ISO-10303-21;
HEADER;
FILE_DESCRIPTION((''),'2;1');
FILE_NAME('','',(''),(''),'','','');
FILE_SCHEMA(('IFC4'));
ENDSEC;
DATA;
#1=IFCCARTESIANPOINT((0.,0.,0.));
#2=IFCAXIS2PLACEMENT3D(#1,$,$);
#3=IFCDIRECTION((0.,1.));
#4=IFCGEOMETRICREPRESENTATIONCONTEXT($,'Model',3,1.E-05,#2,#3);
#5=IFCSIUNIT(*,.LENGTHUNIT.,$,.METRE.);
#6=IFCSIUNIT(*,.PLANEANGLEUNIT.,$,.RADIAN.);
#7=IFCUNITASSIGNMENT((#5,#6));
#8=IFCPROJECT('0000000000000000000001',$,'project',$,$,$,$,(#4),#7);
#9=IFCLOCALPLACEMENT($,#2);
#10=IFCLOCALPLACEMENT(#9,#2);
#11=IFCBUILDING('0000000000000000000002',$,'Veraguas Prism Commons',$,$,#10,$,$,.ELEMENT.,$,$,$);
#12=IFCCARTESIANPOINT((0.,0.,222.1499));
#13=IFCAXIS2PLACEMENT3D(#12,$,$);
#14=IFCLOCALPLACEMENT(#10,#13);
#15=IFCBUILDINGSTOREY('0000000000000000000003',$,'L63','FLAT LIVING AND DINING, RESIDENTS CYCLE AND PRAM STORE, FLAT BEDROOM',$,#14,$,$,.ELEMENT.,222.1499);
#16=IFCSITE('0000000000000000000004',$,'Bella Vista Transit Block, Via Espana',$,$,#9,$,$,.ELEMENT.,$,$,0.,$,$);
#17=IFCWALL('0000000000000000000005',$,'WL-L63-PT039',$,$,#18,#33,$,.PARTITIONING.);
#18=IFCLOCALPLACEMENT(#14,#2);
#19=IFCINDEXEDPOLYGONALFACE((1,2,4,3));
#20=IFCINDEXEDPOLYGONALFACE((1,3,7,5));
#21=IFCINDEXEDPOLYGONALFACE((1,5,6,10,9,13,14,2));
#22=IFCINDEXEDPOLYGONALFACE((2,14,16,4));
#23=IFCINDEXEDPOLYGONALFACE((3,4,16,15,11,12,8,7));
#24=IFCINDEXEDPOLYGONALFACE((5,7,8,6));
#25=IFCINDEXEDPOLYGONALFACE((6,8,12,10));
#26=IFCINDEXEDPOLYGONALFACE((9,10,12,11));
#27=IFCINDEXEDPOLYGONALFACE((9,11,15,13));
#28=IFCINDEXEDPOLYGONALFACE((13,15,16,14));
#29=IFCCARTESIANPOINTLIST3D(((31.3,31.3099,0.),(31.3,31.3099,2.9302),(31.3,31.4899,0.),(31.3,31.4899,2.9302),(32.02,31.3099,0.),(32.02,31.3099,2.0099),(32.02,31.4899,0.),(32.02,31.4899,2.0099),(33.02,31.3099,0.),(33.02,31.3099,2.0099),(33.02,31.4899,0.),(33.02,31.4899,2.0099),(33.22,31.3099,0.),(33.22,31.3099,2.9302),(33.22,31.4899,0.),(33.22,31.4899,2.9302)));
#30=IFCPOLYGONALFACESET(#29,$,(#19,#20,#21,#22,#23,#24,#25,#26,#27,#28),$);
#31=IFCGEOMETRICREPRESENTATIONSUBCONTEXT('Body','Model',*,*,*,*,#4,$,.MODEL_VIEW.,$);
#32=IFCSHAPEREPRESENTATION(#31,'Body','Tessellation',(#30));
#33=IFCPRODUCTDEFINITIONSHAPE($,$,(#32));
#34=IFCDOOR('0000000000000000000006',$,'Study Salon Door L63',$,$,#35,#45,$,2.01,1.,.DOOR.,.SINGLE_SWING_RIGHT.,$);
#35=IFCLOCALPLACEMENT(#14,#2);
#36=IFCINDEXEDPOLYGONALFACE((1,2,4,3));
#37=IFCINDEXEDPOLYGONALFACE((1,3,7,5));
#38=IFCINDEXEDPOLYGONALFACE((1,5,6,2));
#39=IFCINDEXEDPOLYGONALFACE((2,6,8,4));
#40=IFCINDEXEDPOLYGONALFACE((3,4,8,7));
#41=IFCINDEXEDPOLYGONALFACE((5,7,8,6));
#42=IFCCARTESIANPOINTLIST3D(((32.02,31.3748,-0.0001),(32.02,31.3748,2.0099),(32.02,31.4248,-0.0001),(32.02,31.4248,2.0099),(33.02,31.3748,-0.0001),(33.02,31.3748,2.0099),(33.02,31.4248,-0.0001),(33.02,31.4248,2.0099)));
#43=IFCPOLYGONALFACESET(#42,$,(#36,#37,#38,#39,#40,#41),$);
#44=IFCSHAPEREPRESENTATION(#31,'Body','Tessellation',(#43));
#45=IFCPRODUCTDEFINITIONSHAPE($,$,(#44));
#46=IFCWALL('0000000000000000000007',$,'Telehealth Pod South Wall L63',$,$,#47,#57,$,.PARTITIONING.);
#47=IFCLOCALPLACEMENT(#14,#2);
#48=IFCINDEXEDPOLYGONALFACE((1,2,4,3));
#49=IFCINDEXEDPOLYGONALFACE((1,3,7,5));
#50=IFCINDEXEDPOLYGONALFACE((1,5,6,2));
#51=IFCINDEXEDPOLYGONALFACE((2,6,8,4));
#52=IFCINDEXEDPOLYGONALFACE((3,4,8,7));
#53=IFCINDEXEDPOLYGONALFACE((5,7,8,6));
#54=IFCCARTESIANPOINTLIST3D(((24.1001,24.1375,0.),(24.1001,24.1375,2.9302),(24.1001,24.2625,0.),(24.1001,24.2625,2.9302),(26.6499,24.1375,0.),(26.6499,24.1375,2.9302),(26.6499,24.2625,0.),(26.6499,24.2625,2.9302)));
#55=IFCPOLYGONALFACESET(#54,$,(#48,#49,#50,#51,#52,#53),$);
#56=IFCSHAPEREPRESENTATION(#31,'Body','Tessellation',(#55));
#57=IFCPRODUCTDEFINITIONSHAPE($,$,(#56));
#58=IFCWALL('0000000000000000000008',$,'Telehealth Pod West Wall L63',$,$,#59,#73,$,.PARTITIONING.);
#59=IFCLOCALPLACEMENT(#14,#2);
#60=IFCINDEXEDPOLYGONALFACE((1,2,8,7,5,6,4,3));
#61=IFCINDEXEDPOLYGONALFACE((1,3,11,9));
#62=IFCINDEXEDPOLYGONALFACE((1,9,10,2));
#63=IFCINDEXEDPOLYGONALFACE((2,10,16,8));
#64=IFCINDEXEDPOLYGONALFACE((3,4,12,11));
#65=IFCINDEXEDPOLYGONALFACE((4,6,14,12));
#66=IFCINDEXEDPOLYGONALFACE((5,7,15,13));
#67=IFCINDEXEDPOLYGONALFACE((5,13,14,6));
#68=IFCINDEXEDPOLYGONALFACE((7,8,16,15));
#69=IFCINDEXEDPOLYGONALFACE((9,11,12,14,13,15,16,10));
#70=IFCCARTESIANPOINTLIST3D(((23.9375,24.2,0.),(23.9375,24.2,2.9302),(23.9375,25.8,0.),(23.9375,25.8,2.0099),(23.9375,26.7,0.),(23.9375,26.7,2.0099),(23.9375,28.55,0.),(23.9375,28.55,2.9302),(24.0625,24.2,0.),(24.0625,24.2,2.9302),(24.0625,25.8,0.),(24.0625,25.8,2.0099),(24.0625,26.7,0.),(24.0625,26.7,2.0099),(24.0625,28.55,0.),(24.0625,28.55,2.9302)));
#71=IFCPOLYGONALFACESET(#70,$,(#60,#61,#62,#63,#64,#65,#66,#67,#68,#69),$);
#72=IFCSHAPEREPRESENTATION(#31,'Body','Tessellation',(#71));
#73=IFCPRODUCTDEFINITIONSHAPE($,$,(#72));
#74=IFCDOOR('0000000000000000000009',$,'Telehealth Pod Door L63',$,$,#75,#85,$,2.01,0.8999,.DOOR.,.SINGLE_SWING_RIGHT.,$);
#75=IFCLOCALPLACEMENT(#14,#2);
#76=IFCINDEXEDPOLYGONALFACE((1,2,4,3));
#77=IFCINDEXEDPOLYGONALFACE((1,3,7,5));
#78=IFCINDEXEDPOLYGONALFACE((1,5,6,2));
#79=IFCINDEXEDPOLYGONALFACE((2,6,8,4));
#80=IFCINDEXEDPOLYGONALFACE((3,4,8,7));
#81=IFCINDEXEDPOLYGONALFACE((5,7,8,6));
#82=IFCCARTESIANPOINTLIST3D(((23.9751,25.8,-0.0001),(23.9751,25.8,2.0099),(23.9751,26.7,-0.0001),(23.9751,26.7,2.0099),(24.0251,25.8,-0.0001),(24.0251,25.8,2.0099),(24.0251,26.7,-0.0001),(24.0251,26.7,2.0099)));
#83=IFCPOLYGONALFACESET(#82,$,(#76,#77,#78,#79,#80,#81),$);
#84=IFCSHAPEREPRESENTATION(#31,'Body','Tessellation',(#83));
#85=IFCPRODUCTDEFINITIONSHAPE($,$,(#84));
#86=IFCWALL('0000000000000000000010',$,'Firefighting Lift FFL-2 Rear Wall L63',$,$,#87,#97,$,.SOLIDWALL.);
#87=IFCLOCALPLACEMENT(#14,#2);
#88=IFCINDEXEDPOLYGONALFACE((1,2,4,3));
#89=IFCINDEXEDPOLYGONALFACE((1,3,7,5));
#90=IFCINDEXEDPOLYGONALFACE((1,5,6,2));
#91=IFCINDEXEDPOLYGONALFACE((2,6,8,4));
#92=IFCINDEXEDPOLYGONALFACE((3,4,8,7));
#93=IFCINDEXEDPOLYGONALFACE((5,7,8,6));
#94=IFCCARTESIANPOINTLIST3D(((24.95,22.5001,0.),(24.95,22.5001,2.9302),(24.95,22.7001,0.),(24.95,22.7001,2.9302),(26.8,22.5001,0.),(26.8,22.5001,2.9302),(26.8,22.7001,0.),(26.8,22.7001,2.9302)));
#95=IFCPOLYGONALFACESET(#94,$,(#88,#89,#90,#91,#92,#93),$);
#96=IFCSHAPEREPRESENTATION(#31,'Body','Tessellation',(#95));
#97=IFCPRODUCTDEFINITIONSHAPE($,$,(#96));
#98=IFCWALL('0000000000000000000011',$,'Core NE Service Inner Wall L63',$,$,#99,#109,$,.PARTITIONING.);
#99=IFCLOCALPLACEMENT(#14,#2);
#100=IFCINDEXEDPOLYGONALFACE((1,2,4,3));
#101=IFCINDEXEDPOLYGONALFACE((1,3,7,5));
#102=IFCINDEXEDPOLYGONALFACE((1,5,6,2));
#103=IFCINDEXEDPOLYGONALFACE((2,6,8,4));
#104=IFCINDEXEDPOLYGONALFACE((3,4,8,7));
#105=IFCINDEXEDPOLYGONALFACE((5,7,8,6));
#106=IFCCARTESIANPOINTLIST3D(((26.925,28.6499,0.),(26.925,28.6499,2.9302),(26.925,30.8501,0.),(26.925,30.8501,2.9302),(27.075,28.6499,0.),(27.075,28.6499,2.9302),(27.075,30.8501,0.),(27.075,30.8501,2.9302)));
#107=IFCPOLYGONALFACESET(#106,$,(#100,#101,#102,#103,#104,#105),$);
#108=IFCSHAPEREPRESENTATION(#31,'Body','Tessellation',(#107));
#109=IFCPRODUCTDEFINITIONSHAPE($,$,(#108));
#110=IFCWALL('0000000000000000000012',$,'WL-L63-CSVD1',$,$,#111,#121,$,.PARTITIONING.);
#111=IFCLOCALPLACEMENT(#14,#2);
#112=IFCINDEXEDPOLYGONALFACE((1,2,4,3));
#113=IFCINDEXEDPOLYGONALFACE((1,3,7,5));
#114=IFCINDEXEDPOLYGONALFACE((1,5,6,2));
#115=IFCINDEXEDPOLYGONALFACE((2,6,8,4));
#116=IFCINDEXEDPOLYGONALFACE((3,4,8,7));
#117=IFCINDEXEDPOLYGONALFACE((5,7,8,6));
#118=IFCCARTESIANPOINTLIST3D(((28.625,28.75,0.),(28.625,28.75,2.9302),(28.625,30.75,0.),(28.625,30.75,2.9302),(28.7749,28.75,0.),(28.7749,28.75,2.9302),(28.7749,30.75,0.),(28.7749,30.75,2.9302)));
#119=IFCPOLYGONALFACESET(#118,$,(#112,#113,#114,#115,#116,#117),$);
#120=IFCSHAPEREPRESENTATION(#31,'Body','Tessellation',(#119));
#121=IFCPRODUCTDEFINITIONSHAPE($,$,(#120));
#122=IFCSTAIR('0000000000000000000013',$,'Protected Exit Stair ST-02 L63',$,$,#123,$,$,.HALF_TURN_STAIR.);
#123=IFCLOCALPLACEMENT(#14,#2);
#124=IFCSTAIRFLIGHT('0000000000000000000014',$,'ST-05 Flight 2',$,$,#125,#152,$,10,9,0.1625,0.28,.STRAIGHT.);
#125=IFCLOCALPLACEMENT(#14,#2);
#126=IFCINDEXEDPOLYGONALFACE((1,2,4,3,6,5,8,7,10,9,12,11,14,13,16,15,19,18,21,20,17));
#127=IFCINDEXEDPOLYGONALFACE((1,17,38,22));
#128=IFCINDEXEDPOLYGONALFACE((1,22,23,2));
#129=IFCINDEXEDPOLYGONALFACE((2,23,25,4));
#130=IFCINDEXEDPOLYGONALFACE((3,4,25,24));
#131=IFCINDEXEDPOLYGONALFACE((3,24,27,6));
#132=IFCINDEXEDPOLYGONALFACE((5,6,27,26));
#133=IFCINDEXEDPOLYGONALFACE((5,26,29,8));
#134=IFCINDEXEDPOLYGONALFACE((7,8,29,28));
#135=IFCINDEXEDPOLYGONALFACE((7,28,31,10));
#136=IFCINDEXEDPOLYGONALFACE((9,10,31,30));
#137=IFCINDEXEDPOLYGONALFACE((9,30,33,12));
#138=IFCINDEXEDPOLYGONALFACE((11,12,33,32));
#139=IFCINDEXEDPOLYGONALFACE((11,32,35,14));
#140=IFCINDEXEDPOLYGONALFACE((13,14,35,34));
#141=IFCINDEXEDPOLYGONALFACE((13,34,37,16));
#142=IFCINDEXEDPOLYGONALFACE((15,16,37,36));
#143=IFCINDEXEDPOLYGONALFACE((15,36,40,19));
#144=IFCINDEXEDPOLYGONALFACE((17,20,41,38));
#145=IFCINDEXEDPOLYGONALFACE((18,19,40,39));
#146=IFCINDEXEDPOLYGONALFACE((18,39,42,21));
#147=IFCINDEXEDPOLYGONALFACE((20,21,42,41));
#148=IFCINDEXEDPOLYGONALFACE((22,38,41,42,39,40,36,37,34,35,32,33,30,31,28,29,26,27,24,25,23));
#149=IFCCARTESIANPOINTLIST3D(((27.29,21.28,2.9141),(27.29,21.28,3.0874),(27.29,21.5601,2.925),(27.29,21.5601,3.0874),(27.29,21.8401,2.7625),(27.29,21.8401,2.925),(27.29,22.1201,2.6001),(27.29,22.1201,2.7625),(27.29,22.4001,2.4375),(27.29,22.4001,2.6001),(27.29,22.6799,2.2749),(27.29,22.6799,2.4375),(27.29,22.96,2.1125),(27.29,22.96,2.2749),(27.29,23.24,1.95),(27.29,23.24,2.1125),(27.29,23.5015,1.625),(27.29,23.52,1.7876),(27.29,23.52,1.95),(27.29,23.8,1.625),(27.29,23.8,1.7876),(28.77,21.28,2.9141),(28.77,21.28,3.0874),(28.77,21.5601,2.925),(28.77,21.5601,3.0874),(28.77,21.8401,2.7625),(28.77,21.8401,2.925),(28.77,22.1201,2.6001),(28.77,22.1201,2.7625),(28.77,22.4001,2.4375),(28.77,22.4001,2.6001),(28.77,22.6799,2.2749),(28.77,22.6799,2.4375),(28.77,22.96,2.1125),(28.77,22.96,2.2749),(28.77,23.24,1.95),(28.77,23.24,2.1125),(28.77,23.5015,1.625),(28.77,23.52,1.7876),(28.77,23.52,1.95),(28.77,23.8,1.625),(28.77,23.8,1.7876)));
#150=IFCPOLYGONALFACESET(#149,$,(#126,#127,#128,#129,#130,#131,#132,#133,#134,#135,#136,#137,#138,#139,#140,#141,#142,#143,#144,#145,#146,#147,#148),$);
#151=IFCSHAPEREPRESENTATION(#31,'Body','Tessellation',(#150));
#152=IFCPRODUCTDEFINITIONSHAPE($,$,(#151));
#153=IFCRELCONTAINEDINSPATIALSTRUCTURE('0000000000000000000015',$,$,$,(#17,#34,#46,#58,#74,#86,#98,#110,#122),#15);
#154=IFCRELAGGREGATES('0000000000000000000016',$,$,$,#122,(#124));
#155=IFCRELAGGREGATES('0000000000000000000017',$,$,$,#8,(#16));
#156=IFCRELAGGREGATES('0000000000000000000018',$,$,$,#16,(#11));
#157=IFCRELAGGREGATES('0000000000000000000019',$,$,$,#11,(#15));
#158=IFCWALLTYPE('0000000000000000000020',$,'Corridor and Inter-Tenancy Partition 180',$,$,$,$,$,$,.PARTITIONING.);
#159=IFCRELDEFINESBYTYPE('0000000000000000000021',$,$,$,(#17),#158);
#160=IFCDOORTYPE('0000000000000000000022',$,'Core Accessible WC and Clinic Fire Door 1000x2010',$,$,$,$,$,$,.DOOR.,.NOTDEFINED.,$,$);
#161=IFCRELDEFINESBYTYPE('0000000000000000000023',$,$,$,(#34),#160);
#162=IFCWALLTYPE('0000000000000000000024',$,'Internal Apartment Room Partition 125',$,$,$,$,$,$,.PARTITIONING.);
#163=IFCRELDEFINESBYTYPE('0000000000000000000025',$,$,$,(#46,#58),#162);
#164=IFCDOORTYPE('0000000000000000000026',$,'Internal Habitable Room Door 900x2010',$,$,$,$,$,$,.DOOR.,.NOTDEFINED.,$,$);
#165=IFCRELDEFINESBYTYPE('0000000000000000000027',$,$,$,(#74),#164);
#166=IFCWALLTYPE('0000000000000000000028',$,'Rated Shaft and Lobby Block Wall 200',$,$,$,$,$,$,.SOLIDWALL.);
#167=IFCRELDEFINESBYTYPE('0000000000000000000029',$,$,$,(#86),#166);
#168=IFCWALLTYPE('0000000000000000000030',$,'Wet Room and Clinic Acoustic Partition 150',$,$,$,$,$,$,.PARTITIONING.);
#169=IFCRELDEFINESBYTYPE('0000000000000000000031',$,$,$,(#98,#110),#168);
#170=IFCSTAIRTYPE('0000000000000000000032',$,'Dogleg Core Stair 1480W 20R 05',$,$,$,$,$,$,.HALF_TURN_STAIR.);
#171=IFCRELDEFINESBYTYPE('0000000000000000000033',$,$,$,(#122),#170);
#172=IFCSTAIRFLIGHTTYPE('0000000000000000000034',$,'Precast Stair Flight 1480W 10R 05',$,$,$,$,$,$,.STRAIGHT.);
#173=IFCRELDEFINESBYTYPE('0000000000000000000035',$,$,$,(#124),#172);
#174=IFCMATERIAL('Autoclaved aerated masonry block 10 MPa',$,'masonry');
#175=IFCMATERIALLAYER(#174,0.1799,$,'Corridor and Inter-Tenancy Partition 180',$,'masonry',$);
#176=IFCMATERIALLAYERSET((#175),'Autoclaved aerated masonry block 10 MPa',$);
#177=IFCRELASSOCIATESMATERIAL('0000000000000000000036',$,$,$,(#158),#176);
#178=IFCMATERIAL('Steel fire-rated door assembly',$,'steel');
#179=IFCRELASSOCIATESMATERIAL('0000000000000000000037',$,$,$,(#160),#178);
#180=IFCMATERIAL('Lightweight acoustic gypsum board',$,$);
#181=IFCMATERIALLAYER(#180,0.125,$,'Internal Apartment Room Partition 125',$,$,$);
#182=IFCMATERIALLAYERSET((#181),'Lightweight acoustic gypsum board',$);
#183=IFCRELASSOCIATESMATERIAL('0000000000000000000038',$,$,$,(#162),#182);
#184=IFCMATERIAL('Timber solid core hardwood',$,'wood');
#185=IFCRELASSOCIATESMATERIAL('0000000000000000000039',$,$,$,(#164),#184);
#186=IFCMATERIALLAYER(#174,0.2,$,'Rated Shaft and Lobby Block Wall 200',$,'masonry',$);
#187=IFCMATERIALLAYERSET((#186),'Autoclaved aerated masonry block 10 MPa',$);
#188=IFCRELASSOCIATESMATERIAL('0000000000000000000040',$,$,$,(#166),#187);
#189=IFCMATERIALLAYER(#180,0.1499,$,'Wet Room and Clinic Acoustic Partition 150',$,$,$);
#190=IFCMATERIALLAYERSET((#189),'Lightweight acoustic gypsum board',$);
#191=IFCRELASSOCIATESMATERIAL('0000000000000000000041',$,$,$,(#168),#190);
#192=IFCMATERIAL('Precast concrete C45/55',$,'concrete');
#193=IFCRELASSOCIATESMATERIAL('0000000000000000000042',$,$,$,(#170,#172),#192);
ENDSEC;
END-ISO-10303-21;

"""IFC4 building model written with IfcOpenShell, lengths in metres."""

from ifc_helpers import new_model, si_unit, direction, frame, frame_2d, origin, place, context, subcontext, project, spatial, polyline, rectangle, outline, extrude, source, transform, mapped, material, layer, layer_set, type_object, element, fill, aggregate, save


model = new_model("IFC4")

# Units and contexts
model_context = context("Model", 3, precision=1e-05, world=origin(), true_north=direction((0.0, 1.0)))
body_context = subcontext(model_context, "Body", "Model", "MODEL_VIEW")
ifc_project = project(units=[si_unit("LENGTHUNIT", "METRE"), si_unit("PLANEANGLEUNIT", "RADIAN")], contexts=[model_context])

# Site, building, storey
site_placement = place(None, origin())
site = spatial("IfcSite", under=ifc_project, at=site_placement, Name="Bella Vista Transit Block, Via Espana", CompositionType="ELEMENT", RefElevation=0.0)
building_placement = place(site_placement, origin())
building = spatial("IfcBuilding", under=site, at=building_placement, Name="Veraguas Prism Commons", CompositionType="ELEMENT")
storey_placement = place(building_placement, frame((0.0, 0.0, 222.1499)))
storey = spatial("IfcBuildingStorey", under=building, at=storey_placement, Name="L63", Description="FLAT LIVING AND DINING, RESIDENTS CYCLE AND PRAM STORE, FLAT BEDROOM", CompositionType="ELEMENT", Elevation=222.1499)

# Shared definitions
ifc_material_1 = material(Name="Steel fire-rated door assembly", Category="steel")

# Shared definitions
ifc_material_2 = material(Name="Autoclaved aerated masonry block 10 MPa", Category="masonry")
ifc_layer_1 = layer(ifc_material_2, 0.1799, Name="Corridor and Inter-Tenancy Partition 180", Category="masonry")
ifc_layer_set_1 = layer_set([ifc_layer_1], Name="Autoclaved aerated masonry block 10 MPa")
wall_type_1 = type_object("IfcWallType", Name="Corridor and Inter-Tenancy Partition 180", PredefinedType="PARTITIONING", material=ifc_layer_set_1)
shared_shape_1 = source(origin(), body_context, "Body", "SweptSolid", [
    extrude(rectangle(XDim=0.8999, YDim=2.01, at=frame_2d((0.45, 1.0049))), frame((0.0, 0.0249, 0.0), z_axis=(0.0, -1.0, 0.0), x_axis=(1.0, 0.0, 0.0)), (0.0, 0.0, 1.0), 0.05),
])

# Wall, opening, door
wall_1_placement = place(storey_placement, frame((31.3, 31.3999, 0.0), z_axis=(0.0, 0.0, 1.0), x_axis=(1.0, 0.0, 0.0)))
wall_1 = element("IfcWall", 1, at=wall_1_placement, inside=storey, type_object=wall_type_1, Name="WL-L63-PT039", PredefinedType="PARTITIONING", context=body_context, shape_type="SweptSolid", body=[
    extrude(rectangle(XDim=1.9199, YDim=0.1799, at=frame_2d((0.96, 0.0))), origin(), (0.0, 0.0, 1.0), 2.9302),
])
opening_1_placement = place(wall_1_placement, frame((0.72, 0.0, 0.0)))
opening_1 = element("IfcOpeningElement", 2, at=opening_1_placement, cuts=wall_1, PredefinedType="OPENING", context=body_context, shape_type="SweptSolid", body=[
    extrude(rectangle(XDim=1.0, YDim=2.01, at=frame_2d((0.5, 1.0049))), frame((0.0, 0.0999, 0.0), z_axis=(0.0, -1.0, 0.0), x_axis=(1.0, 0.0, 0.0)), (0.0, 0.0, 1.0), 0.2),
])
door_type_1 = type_object("IfcDoorType", Name="Core Accessible WC and Clinic Fire Door 1000x2010", OperationType="NOTDEFINED", PredefinedType="DOOR", material=ifc_material_1)
shared_shape_2 = source(origin(), body_context, "Body", "SweptSolid", [
    extrude(rectangle(XDim=1.0, YDim=2.01, at=frame_2d((0.5, 1.0049))), frame((0.0, 0.0249, 0.0), z_axis=(0.0, -1.0, 0.0), x_axis=(1.0, 0.0, 0.0)), (0.0, 0.0, 1.0), 0.05),
])
door_1_placement = place(opening_1_placement, origin())
door_1 = element("IfcDoor", 3, at=door_1_placement, inside=storey, type_object=door_type_1, Name="Study Salon Door L63", OperationType="SINGLE_SWING_RIGHT", OverallHeight=2.01, OverallWidth=1.0, PredefinedType="DOOR", context=body_context, shape_type="MappedRepresentation", body=[
    mapped(shared_shape_2, transform((0.0, 0.0, 0.0), scale=1.0)),
])
fill(opening_1, door_1)

# Wall
ifc_material_3 = material(Name="Lightweight acoustic gypsum board")
ifc_layer_2 = layer(ifc_material_3, 0.125, Name="Internal Apartment Room Partition 125")
ifc_layer_set_2 = layer_set([ifc_layer_2], Name="Lightweight acoustic gypsum board")
wall_type_2 = type_object("IfcWallType", Name="Internal Apartment Room Partition 125", PredefinedType="PARTITIONING", material=ifc_layer_set_2)
wall_2_placement = place(storey_placement, frame((24.1001, 24.2, 0.0), z_axis=(0.0, 0.0, 1.0), x_axis=(1.0, 0.0, 0.0)))
element("IfcWall", 4, at=wall_2_placement, inside=storey, type_object=wall_type_2, Name="Telehealth Pod South Wall L63", PredefinedType="PARTITIONING", context=body_context, shape_type="SweptSolid", body=[
    extrude(rectangle(XDim=2.5498, YDim=0.125, at=frame_2d((1.2749, 0.0))), origin(), (0.0, 0.0, 1.0), 2.9302),
])

# Wall, opening, door
wall_3_placement = place(storey_placement, frame((24.0, 24.2, 0.0), z_axis=(0.0, 0.0, 1.0), x_axis=(0.0, 1.0, 0.0)))
wall_3 = element("IfcWall", 5, at=wall_3_placement, inside=storey, type_object=wall_type_2, Name="Telehealth Pod West Wall L63", PredefinedType="PARTITIONING", context=body_context, shape_type="SweptSolid", body=[
    extrude(rectangle(XDim=4.3501, YDim=0.125, at=frame_2d((2.175, 0.0))), origin(), (0.0, 0.0, 1.0), 2.9302),
])
opening_2_placement = place(wall_3_placement, frame((1.6001, 0.0, 0.0)))
opening_2 = element("IfcOpeningElement", 6, at=opening_2_placement, cuts=wall_3, PredefinedType="OPENING", context=body_context, shape_type="SweptSolid", body=[
    extrude(rectangle(XDim=0.8999, YDim=2.01, at=frame_2d((0.45, 1.0049))), frame((0.0, 0.0725, 0.0), z_axis=(0.0, -1.0, 0.0), x_axis=(1.0, 0.0, 0.0)), (0.0, 0.0, 1.0), 0.145),
])
ifc_material_4 = material(Name="Timber solid core hardwood", Category="wood")
door_type_2 = type_object("IfcDoorType", Name="Internal Habitable Room Door 900x2010", OperationType="NOTDEFINED", PredefinedType="DOOR", material=ifc_material_4)
door_2_placement = place(opening_2_placement, origin())
door_2 = element("IfcDoor", 7, at=door_2_placement, inside=storey, type_object=door_type_2, Name="Telehealth Pod Door L63", OperationType="SINGLE_SWING_RIGHT", OverallHeight=2.01, OverallWidth=0.8999, PredefinedType="DOOR", context=body_context, shape_type="MappedRepresentation", body=[
    mapped(shared_shape_1, transform((0.0, 0.0, 0.0), scale=1.0)),
])
fill(opening_2, door_2)

# Walls
ifc_layer_3 = layer(ifc_material_2, 0.2, Name="Rated Shaft and Lobby Block Wall 200", Category="masonry")
ifc_layer_set_3 = layer_set([ifc_layer_3], Name="Autoclaved aerated masonry block 10 MPa")
wall_type_3 = type_object("IfcWallType", Name="Rated Shaft and Lobby Block Wall 200", PredefinedType="SOLIDWALL", material=ifc_layer_set_3)
wall_4_placement = place(storey_placement, frame((24.95, 22.6001, 0.0), z_axis=(0.0, 0.0, 1.0), x_axis=(1.0, 0.0, 0.0)))
element("IfcWall", 8, at=wall_4_placement, inside=storey, type_object=wall_type_3, Name="Firefighting Lift FFL-2 Rear Wall L63", PredefinedType="SOLIDWALL", context=body_context, shape_type="SweptSolid", body=[
    extrude(rectangle(XDim=1.8501, YDim=0.2, at=frame_2d((0.925, 0.0))), origin(), (0.0, 0.0, 1.0), 2.9302),
])
ifc_layer_4 = layer(ifc_material_3, 0.1499, Name="Wet Room and Clinic Acoustic Partition 150")
ifc_layer_set_4 = layer_set([ifc_layer_4], Name="Lightweight acoustic gypsum board")
wall_type_4 = type_object("IfcWallType", Name="Wet Room and Clinic Acoustic Partition 150", PredefinedType="PARTITIONING", material=ifc_layer_set_4)
wall_5_placement = place(storey_placement, frame((27.0, 28.6499, 0.0), z_axis=(0.0, 0.0, 1.0), x_axis=(0.0, 1.0, 0.0)))
element("IfcWall", 9, at=wall_5_placement, inside=storey, type_object=wall_type_4, Name="Core NE Service Inner Wall L63", PredefinedType="PARTITIONING", context=body_context, shape_type="SweptSolid", body=[
    extrude(rectangle(XDim=2.2002, YDim=0.1499, at=frame_2d((1.1001, 0.0))), origin(), (0.0, 0.0, 1.0), 2.9302),
])
wall_6_placement = place(storey_placement, frame((28.7, 28.75, 0.0), z_axis=(0.0, 0.0, 1.0), x_axis=(0.0, 1.0, 0.0)))
element("IfcWall", 10, at=wall_6_placement, inside=storey, type_object=wall_type_4, Name="WL-L63-CSVD1", PredefinedType="PARTITIONING", context=body_context, shape_type="SweptSolid", body=[
    extrude(rectangle(XDim=2.0, YDim=0.1499, at=frame_2d((1.0, 0.0))), origin(), (0.0, 0.0, 1.0), 2.9302),
])

# Stair, stair flight
ifc_material_5 = material(Name="Precast concrete C45/55", Category="concrete")
stair_type = type_object("IfcStairType", Name="Dogleg Core Stair 1480W 20R 05", PredefinedType="HALF_TURN_STAIR", material=ifc_material_5)
stair_placement = place(storey_placement, origin())
stair = element("IfcStair", 11, at=stair_placement, inside=storey, type_object=stair_type, Name="Protected Exit Stair ST-02 L63", PredefinedType="HALF_TURN_STAIR")
stair_flight_type = type_object("IfcStairFlightType", Name="Precast Stair Flight 1480W 10R 05", PredefinedType="STRAIGHT", material=ifc_material_5)
stair_flight_placement = place(storey_placement, frame((28.03, 23.8, 1.625), z_axis=(0.0, 0.0, 1.0), x_axis=(0.0, -1.0, 0.0)))
stair_flight = element("IfcStairFlight", 12, at=stair_flight_placement, type_object=stair_flight_type, Name="ST-05 Flight 2", NumberOfRisers=10, NumberOfTreads=9, PredefinedType="STRAIGHT", RiserHeight=0.1625, TreadLength=0.28, context=body_context, shape_type="SweptSolid", body=[
    extrude(outline(polyline([(0.0, 0.0), (0.0, 0.1626), (0.28, 0.1626), (0.28, 0.325), (0.5601, 0.325), (0.5601, 0.4875), (0.8401, 0.4875), (0.8401, 0.6499), (1.1201, 0.6499), (1.1201, 0.8125), (1.3999, 0.8125), (1.3999, 0.9751), (1.6799, 0.9751), (1.6799, 1.1375), (1.96, 1.1375), (1.96, 1.3), (2.24, 1.3), (2.24, 1.4624), (2.52, 1.4624), (2.52, 1.625), (2.52, 1.2891), (0.2986, 0.0), (0.0, 0.0)])), frame((0.0, 0.74, 0.0), z_axis=(0.0, -1.0, 0.0), x_axis=(1.0, 0.0, 0.0)), (0.0, 0.0, 1.0), 1.48),
])
aggregate(stair, [stair_flight])

save(model, "model.ifc")
